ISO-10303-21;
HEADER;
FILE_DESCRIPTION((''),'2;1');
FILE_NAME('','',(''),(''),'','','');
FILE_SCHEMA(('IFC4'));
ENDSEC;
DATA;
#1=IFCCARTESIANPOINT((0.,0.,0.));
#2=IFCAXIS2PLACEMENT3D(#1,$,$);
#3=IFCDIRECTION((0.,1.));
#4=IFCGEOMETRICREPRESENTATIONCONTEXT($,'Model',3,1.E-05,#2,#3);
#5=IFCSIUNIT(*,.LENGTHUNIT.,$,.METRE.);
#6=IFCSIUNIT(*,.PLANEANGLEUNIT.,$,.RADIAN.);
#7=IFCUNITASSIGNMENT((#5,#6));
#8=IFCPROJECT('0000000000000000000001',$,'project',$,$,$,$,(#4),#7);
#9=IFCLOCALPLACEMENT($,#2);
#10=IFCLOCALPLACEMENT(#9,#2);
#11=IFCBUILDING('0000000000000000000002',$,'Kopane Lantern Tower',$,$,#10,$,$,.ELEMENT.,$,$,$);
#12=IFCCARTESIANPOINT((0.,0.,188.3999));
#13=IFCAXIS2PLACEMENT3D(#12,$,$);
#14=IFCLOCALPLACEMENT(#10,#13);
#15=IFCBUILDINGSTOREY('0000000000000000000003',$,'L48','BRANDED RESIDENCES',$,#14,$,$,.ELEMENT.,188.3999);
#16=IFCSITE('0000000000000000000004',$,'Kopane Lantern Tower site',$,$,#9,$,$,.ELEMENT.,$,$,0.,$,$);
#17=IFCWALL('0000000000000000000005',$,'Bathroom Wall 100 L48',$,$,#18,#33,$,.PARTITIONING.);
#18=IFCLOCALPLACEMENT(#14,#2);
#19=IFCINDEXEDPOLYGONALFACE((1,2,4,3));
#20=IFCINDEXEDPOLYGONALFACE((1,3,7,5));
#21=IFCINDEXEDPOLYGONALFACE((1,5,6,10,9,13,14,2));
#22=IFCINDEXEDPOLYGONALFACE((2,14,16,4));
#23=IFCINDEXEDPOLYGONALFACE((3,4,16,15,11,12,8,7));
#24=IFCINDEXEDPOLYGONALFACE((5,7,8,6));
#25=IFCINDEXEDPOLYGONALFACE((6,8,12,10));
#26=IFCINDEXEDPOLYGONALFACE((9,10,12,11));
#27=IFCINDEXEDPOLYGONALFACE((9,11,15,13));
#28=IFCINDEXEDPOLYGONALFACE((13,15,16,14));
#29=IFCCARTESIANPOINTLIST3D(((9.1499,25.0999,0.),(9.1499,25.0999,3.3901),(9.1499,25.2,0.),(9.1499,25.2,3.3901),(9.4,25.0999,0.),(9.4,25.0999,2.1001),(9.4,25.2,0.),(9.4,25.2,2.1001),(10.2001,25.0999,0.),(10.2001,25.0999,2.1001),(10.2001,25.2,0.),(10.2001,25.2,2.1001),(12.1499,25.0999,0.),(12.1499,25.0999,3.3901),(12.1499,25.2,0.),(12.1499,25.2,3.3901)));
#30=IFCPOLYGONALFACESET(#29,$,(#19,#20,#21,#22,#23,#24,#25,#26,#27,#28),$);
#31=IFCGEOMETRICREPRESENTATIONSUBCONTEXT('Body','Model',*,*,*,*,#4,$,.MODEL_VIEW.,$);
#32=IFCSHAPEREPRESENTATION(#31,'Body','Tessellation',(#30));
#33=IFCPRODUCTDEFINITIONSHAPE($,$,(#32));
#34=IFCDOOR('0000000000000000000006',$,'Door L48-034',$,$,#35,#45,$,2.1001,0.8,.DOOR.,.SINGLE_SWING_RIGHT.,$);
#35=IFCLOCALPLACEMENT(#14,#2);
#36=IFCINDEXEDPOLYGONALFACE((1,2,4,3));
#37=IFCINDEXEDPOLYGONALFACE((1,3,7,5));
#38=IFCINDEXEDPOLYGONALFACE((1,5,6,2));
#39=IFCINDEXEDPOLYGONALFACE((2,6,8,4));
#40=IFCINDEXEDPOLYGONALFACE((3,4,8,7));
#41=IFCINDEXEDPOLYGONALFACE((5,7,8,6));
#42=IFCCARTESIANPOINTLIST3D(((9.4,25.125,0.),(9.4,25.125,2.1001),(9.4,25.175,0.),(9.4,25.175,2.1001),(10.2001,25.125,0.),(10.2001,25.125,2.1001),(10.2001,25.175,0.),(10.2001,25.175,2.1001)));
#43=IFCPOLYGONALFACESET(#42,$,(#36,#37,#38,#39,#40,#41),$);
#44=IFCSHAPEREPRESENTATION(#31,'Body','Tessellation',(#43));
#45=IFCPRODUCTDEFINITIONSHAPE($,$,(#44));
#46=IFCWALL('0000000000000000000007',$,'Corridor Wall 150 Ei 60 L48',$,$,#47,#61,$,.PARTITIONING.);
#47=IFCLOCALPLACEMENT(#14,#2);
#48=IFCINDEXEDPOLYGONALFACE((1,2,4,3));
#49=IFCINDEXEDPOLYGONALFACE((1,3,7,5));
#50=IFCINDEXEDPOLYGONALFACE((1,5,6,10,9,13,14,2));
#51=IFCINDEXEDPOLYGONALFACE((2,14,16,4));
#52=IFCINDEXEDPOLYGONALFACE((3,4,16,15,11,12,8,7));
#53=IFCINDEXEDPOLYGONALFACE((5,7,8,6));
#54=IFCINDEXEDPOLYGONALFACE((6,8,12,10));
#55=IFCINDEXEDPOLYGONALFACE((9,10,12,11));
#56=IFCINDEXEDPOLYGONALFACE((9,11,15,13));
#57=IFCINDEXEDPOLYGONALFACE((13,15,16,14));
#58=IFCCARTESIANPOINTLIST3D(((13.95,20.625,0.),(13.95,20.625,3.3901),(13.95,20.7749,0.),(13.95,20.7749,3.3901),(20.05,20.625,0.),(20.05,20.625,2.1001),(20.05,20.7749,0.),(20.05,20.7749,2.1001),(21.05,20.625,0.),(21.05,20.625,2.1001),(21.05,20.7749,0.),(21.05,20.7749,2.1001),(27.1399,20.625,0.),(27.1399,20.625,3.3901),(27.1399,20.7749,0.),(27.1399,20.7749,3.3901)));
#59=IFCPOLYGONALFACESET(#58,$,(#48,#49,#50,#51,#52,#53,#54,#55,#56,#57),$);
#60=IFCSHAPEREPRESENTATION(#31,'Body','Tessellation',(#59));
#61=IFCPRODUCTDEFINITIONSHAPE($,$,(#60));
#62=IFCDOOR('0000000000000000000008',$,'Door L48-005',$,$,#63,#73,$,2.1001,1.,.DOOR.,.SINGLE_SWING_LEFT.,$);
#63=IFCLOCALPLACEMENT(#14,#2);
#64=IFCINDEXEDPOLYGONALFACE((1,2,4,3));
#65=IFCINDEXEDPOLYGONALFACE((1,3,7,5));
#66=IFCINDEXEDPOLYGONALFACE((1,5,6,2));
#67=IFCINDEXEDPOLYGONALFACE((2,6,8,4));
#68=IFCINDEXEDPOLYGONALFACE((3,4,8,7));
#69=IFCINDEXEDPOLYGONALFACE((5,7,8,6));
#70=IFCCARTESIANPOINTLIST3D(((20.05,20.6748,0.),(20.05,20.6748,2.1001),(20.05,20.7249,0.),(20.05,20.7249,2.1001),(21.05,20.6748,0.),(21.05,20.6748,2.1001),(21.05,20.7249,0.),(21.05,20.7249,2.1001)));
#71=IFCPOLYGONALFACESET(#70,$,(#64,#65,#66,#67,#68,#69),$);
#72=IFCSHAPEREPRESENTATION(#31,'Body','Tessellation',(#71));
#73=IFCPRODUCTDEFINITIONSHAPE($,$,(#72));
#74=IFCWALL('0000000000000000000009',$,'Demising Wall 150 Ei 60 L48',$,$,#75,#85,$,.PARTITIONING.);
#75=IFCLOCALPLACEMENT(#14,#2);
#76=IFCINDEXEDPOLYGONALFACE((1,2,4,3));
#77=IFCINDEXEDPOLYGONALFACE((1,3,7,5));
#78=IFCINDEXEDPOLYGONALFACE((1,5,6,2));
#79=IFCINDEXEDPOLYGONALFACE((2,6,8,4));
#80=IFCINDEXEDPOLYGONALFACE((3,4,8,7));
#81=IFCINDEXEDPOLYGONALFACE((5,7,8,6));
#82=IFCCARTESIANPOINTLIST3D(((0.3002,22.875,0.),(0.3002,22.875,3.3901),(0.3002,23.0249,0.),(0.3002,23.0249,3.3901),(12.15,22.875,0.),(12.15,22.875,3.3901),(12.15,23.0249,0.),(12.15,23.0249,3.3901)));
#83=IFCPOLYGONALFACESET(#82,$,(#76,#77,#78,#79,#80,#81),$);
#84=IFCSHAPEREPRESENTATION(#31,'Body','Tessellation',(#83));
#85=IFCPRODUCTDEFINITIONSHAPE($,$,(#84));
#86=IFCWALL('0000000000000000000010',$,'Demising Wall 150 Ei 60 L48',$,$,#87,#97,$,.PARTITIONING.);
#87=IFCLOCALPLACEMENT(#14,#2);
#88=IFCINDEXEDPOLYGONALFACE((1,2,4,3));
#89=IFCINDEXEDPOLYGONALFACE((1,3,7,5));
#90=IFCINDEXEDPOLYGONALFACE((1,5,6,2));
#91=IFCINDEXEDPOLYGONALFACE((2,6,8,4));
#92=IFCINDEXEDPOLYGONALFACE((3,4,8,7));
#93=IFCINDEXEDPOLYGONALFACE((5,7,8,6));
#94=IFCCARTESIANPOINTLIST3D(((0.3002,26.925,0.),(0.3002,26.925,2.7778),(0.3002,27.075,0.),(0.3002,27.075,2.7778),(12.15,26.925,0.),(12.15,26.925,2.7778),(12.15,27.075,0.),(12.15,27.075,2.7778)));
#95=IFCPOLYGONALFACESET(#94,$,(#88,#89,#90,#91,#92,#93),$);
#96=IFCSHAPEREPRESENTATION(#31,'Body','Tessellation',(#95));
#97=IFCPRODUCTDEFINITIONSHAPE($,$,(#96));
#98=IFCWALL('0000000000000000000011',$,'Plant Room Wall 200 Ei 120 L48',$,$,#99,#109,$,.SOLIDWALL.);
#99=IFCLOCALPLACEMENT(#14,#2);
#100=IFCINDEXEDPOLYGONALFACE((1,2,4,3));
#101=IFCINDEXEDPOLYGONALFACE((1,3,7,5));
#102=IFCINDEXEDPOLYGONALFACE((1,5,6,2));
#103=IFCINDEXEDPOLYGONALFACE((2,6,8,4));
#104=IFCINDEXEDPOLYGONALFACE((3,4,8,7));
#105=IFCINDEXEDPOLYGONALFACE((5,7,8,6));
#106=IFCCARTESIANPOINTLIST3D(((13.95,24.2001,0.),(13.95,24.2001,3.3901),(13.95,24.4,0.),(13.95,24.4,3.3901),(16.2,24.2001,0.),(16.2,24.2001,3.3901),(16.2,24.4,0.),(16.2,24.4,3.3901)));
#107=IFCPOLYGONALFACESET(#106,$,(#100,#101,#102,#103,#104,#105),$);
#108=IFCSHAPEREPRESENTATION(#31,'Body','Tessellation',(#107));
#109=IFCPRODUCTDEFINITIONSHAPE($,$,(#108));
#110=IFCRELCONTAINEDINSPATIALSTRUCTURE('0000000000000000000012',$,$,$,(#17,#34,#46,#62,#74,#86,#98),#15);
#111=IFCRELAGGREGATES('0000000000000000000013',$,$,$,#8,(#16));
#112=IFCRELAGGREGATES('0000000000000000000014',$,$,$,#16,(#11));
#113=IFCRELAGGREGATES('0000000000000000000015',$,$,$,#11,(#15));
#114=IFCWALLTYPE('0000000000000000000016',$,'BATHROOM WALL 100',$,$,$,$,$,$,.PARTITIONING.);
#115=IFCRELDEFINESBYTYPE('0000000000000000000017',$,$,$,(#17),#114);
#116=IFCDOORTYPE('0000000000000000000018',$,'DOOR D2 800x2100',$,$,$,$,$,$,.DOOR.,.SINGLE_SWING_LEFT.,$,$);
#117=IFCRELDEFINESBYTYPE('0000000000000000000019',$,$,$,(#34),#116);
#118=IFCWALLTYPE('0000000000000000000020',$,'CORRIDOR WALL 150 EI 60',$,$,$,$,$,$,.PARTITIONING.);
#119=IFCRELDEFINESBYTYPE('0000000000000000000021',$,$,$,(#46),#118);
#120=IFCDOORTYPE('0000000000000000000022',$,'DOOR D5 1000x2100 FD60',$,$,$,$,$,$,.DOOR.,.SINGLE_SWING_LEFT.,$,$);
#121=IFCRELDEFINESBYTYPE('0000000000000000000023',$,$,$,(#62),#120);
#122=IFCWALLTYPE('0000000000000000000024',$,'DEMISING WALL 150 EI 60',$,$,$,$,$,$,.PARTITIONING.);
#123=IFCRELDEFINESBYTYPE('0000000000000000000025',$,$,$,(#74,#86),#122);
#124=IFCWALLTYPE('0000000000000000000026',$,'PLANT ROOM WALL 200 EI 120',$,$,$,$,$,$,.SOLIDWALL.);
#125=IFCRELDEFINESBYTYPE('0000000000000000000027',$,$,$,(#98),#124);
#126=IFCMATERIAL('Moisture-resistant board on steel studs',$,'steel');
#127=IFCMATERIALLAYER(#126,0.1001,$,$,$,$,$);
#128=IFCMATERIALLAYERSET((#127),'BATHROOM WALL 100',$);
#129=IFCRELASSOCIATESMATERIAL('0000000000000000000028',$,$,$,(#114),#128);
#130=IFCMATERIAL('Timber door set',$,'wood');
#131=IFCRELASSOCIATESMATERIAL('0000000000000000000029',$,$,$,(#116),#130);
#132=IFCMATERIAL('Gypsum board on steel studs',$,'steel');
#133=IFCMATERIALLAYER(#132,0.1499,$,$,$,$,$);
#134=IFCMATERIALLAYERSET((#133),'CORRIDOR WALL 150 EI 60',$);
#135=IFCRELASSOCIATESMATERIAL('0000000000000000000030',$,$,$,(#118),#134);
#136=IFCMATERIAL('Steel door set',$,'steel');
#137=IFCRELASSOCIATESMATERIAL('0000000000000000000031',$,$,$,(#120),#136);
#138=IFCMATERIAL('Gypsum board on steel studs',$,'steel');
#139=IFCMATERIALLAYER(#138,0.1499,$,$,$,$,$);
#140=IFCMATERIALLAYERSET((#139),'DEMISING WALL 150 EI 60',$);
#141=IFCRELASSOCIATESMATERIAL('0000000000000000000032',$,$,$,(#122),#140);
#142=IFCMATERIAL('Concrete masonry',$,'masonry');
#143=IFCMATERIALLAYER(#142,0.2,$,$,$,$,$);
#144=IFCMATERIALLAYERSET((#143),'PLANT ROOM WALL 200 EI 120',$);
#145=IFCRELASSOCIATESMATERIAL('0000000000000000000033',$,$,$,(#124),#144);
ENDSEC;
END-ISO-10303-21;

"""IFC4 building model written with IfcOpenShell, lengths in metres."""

from ifc_helpers import new_model, si_unit, direction, frame, frame_2d, origin, place, context, subcontext, project, spatial, rectangle, extrude, material, layer, layer_set, type_object, element, fill, save


model = new_model("IFC4")

# Units and contexts
model_context = context("Model", 3, precision=1e-05, world=origin(), true_north=direction((0.0, 1.0)))
body_context = subcontext(model_context, "Body", "Model", "MODEL_VIEW")
ifc_project = project(units=[si_unit("LENGTHUNIT", "METRE"), si_unit("PLANEANGLEUNIT", "RADIAN")], contexts=[model_context])

# Site, building, storey
site_placement = place(None, origin())
site = spatial("IfcSite", under=ifc_project, at=site_placement, Name="Kopane Lantern Tower site", CompositionType="ELEMENT", RefElevation=0.0)
building_placement = place(site_placement, origin())
building = spatial("IfcBuilding", under=site, at=building_placement, Name="Kopane Lantern Tower", CompositionType="ELEMENT")
storey_placement = place(building_placement, frame((0.0, 0.0, 188.3999)))
storey = spatial("IfcBuildingStorey", under=building, at=storey_placement, Name="L48", Description="BRANDED RESIDENCES", CompositionType="ELEMENT", Elevation=188.3999)

# Walls, openings, doors
ifc_material_1 = material(Name="Moisture-resistant board on steel studs", Category="steel")
ifc_layer_1 = layer(ifc_material_1, 0.1001)
ifc_layer_set_1 = layer_set([ifc_layer_1], Name="BATHROOM WALL 100")
wall_type_1 = type_object("IfcWallType", Name="BATHROOM WALL 100", PredefinedType="PARTITIONING", material=ifc_layer_set_1)
ifc_material_2 = material(Name="Timber door set", Category="wood")
door_type_1 = type_object("IfcDoorType", Name="DOOR D2 800x2100", OperationType="SINGLE_SWING_LEFT", PredefinedType="DOOR", material=ifc_material_2)
wall_1_placement = place(storey_placement, frame((12.1499, 25.1499, 0.0), z_axis=(0.0, 0.0, 1.0), x_axis=(-1.0, 0.0, 0.0)))
wall_1 = element("IfcWall", 1, at=wall_1_placement, inside=storey, type_object=wall_type_1, Name="Bathroom Wall 100 L48", PredefinedType="PARTITIONING", context=body_context, shape_type="SweptSolid", body=[
    extrude(rectangle(XDim=3.0, YDim=0.1001, at=frame_2d((1.5, 0.0))), origin(), (0.0, 0.0, 1.0), 3.3901),
])
opening_1_placement = place(wall_1_placement, frame((1.95, 0.0, 0.0)))
opening_1 = element("IfcOpeningElement", 2, at=opening_1_placement, cuts=wall_1, PredefinedType="OPENING", context=body_context, shape_type="SweptSolid", body=[
    extrude(rectangle(XDim=0.8, YDim=2.1001, at=frame_2d((0.3999, 1.05))), frame((0.0, 0.0601, 0.0), z_axis=(0.0, -1.0, 0.0), x_axis=(1.0, 0.0, 0.0)), (0.0, 0.0, 1.0), 0.1201),
])
door_1_placement = place(opening_1_placement, origin())
door_1 = element("IfcDoor", 3, at=door_1_placement, inside=storey, type_object=door_type_1, Name="Door L48-034", OperationType="SINGLE_SWING_RIGHT", OverallHeight=2.1001, OverallWidth=0.8, PredefinedType="DOOR", context=body_context, shape_type="SweptSolid", body=[
    extrude(rectangle(XDim=0.8, YDim=2.1001, at=frame_2d((0.3999, 1.05))), frame((0.0, 0.0249, 0.0), z_axis=(0.0, -1.0, 0.0), x_axis=(1.0, 0.0, 0.0)), (0.0, 0.0, 1.0), 0.05),
])
fill(opening_1, door_1)
ifc_material_3 = material(Name="Gypsum board on steel studs", Category="steel")
ifc_layer_2 = layer(ifc_material_3, 0.1499)
ifc_layer_set_2 = layer_set([ifc_layer_2], Name="CORRIDOR WALL 150 EI 60")
wall_type_2 = type_object("IfcWallType", Name="CORRIDOR WALL 150 EI 60", PredefinedType="PARTITIONING", material=ifc_layer_set_2)
wall_2_placement = place(storey_placement, frame((13.95, 20.7, 0.0), z_axis=(0.0, 0.0, 1.0), x_axis=(1.0, 0.0, 0.0)))
wall_2 = element("IfcWall", 4, at=wall_2_placement, inside=storey, type_object=wall_type_2, Name="Corridor Wall 150 Ei 60 L48", PredefinedType="PARTITIONING", context=body_context, shape_type="SweptSolid", body=[
    extrude(rectangle(XDim=13.1899, YDim=0.1499, at=frame_2d((6.595, 0.0))), origin(), (0.0, 0.0, 1.0), 3.3901),
])
opening_2_placement = place(wall_2_placement, frame((6.1001, 0.0, 0.0)))
opening_2 = element("IfcOpeningElement", 5, at=opening_2_placement, cuts=wall_2, PredefinedType="OPENING", context=body_context, shape_type="SweptSolid", body=[
    extrude(rectangle(XDim=1.0, YDim=2.1001, at=frame_2d((0.5, 1.05))), frame((0.0, 0.085, 0.0), z_axis=(0.0, -1.0, 0.0), x_axis=(1.0, 0.0, 0.0)), (0.0, 0.0, 1.0), 0.1699),
])
ifc_material_4 = material(Name="Steel door set", Category="steel")
door_type_2 = type_object("IfcDoorType", Name="DOOR D5 1000x2100 FD60", OperationType="SINGLE_SWING_LEFT", PredefinedType="DOOR", material=ifc_material_4)
door_2_placement = place(opening_2_placement, origin())
door_2 = element("IfcDoor", 6, at=door_2_placement, inside=storey, type_object=door_type_2, Name="Door L48-005", OperationType="SINGLE_SWING_LEFT", OverallHeight=2.1001, OverallWidth=1.0, PredefinedType="DOOR", context=body_context, shape_type="SweptSolid", body=[
    extrude(rectangle(XDim=1.0, YDim=2.1001, at=frame_2d((0.5, 1.05))), frame((0.0, 0.0249, 0.0), z_axis=(0.0, -1.0, 0.0), x_axis=(1.0, 0.0, 0.0)), (0.0, 0.0, 1.0), 0.05),
])
fill(opening_2, door_2)

# Walls
ifc_material_5 = material(Name="Gypsum board on steel studs", Category="steel")
ifc_layer_3 = layer(ifc_material_5, 0.1499)
ifc_layer_set_3 = layer_set([ifc_layer_3], Name="DEMISING WALL 150 EI 60")
wall_type_3 = type_object("IfcWallType", Name="DEMISING WALL 150 EI 60", PredefinedType="PARTITIONING", material=ifc_layer_set_3)
wall_3_placement = place(storey_placement, frame((12.1499, 22.95, 0.0), z_axis=(0.0, 0.0, 1.0), x_axis=(-1.0, 0.0, 0.0)))
element("IfcWall", 7, at=wall_3_placement, inside=storey, type_object=wall_type_3, Name="Demising Wall 150 Ei 60 L48", PredefinedType="PARTITIONING", context=body_context, shape_type="SweptSolid", body=[
    extrude(rectangle(XDim=11.8499, YDim=0.1499, at=frame_2d((5.9248, 0.0))), origin(), (0.0, 0.0, 1.0), 3.3901),
])
wall_4_placement = place(storey_placement, frame((12.1499, 27.0, 0.0), z_axis=(0.0, 0.0, 1.0), x_axis=(-1.0, 0.0, 0.0)))
element("IfcWall", 8, at=wall_4_placement, inside=storey, type_object=wall_type_3, Name="Demising Wall 150 Ei 60 L48", PredefinedType="PARTITIONING", context=body_context, shape_type="SweptSolid", body=[
    extrude(rectangle(XDim=11.8499, YDim=0.1499, at=frame_2d((5.9248, 0.0))), origin(), (0.0, 0.0, 1.0), 2.7778),
])
ifc_material_6 = material(Name="Concrete masonry", Category="masonry")
ifc_layer_4 = layer(ifc_material_6, 0.2)
ifc_layer_set_4 = layer_set([ifc_layer_4], Name="PLANT ROOM WALL 200 EI 120")
wall_type_4 = type_object("IfcWallType", Name="PLANT ROOM WALL 200 EI 120", PredefinedType="SOLIDWALL", material=ifc_layer_set_4)
wall_5_placement = place(storey_placement, frame((13.95, 24.3, 0.0), z_axis=(0.0, 0.0, 1.0), x_axis=(1.0, 0.0, 0.0)))
element("IfcWall", 9, at=wall_5_placement, inside=storey, type_object=wall_type_4, Name="Plant Room Wall 200 Ei 120 L48", PredefinedType="SOLIDWALL", context=body_context, shape_type="SweptSolid", body=[
    extrude(rectangle(XDim=2.25, YDim=0.2, at=frame_2d((1.125, 0.0))), origin(), (0.0, 0.0, 1.0), 3.3901),
])

save(model, "model.ifc")
